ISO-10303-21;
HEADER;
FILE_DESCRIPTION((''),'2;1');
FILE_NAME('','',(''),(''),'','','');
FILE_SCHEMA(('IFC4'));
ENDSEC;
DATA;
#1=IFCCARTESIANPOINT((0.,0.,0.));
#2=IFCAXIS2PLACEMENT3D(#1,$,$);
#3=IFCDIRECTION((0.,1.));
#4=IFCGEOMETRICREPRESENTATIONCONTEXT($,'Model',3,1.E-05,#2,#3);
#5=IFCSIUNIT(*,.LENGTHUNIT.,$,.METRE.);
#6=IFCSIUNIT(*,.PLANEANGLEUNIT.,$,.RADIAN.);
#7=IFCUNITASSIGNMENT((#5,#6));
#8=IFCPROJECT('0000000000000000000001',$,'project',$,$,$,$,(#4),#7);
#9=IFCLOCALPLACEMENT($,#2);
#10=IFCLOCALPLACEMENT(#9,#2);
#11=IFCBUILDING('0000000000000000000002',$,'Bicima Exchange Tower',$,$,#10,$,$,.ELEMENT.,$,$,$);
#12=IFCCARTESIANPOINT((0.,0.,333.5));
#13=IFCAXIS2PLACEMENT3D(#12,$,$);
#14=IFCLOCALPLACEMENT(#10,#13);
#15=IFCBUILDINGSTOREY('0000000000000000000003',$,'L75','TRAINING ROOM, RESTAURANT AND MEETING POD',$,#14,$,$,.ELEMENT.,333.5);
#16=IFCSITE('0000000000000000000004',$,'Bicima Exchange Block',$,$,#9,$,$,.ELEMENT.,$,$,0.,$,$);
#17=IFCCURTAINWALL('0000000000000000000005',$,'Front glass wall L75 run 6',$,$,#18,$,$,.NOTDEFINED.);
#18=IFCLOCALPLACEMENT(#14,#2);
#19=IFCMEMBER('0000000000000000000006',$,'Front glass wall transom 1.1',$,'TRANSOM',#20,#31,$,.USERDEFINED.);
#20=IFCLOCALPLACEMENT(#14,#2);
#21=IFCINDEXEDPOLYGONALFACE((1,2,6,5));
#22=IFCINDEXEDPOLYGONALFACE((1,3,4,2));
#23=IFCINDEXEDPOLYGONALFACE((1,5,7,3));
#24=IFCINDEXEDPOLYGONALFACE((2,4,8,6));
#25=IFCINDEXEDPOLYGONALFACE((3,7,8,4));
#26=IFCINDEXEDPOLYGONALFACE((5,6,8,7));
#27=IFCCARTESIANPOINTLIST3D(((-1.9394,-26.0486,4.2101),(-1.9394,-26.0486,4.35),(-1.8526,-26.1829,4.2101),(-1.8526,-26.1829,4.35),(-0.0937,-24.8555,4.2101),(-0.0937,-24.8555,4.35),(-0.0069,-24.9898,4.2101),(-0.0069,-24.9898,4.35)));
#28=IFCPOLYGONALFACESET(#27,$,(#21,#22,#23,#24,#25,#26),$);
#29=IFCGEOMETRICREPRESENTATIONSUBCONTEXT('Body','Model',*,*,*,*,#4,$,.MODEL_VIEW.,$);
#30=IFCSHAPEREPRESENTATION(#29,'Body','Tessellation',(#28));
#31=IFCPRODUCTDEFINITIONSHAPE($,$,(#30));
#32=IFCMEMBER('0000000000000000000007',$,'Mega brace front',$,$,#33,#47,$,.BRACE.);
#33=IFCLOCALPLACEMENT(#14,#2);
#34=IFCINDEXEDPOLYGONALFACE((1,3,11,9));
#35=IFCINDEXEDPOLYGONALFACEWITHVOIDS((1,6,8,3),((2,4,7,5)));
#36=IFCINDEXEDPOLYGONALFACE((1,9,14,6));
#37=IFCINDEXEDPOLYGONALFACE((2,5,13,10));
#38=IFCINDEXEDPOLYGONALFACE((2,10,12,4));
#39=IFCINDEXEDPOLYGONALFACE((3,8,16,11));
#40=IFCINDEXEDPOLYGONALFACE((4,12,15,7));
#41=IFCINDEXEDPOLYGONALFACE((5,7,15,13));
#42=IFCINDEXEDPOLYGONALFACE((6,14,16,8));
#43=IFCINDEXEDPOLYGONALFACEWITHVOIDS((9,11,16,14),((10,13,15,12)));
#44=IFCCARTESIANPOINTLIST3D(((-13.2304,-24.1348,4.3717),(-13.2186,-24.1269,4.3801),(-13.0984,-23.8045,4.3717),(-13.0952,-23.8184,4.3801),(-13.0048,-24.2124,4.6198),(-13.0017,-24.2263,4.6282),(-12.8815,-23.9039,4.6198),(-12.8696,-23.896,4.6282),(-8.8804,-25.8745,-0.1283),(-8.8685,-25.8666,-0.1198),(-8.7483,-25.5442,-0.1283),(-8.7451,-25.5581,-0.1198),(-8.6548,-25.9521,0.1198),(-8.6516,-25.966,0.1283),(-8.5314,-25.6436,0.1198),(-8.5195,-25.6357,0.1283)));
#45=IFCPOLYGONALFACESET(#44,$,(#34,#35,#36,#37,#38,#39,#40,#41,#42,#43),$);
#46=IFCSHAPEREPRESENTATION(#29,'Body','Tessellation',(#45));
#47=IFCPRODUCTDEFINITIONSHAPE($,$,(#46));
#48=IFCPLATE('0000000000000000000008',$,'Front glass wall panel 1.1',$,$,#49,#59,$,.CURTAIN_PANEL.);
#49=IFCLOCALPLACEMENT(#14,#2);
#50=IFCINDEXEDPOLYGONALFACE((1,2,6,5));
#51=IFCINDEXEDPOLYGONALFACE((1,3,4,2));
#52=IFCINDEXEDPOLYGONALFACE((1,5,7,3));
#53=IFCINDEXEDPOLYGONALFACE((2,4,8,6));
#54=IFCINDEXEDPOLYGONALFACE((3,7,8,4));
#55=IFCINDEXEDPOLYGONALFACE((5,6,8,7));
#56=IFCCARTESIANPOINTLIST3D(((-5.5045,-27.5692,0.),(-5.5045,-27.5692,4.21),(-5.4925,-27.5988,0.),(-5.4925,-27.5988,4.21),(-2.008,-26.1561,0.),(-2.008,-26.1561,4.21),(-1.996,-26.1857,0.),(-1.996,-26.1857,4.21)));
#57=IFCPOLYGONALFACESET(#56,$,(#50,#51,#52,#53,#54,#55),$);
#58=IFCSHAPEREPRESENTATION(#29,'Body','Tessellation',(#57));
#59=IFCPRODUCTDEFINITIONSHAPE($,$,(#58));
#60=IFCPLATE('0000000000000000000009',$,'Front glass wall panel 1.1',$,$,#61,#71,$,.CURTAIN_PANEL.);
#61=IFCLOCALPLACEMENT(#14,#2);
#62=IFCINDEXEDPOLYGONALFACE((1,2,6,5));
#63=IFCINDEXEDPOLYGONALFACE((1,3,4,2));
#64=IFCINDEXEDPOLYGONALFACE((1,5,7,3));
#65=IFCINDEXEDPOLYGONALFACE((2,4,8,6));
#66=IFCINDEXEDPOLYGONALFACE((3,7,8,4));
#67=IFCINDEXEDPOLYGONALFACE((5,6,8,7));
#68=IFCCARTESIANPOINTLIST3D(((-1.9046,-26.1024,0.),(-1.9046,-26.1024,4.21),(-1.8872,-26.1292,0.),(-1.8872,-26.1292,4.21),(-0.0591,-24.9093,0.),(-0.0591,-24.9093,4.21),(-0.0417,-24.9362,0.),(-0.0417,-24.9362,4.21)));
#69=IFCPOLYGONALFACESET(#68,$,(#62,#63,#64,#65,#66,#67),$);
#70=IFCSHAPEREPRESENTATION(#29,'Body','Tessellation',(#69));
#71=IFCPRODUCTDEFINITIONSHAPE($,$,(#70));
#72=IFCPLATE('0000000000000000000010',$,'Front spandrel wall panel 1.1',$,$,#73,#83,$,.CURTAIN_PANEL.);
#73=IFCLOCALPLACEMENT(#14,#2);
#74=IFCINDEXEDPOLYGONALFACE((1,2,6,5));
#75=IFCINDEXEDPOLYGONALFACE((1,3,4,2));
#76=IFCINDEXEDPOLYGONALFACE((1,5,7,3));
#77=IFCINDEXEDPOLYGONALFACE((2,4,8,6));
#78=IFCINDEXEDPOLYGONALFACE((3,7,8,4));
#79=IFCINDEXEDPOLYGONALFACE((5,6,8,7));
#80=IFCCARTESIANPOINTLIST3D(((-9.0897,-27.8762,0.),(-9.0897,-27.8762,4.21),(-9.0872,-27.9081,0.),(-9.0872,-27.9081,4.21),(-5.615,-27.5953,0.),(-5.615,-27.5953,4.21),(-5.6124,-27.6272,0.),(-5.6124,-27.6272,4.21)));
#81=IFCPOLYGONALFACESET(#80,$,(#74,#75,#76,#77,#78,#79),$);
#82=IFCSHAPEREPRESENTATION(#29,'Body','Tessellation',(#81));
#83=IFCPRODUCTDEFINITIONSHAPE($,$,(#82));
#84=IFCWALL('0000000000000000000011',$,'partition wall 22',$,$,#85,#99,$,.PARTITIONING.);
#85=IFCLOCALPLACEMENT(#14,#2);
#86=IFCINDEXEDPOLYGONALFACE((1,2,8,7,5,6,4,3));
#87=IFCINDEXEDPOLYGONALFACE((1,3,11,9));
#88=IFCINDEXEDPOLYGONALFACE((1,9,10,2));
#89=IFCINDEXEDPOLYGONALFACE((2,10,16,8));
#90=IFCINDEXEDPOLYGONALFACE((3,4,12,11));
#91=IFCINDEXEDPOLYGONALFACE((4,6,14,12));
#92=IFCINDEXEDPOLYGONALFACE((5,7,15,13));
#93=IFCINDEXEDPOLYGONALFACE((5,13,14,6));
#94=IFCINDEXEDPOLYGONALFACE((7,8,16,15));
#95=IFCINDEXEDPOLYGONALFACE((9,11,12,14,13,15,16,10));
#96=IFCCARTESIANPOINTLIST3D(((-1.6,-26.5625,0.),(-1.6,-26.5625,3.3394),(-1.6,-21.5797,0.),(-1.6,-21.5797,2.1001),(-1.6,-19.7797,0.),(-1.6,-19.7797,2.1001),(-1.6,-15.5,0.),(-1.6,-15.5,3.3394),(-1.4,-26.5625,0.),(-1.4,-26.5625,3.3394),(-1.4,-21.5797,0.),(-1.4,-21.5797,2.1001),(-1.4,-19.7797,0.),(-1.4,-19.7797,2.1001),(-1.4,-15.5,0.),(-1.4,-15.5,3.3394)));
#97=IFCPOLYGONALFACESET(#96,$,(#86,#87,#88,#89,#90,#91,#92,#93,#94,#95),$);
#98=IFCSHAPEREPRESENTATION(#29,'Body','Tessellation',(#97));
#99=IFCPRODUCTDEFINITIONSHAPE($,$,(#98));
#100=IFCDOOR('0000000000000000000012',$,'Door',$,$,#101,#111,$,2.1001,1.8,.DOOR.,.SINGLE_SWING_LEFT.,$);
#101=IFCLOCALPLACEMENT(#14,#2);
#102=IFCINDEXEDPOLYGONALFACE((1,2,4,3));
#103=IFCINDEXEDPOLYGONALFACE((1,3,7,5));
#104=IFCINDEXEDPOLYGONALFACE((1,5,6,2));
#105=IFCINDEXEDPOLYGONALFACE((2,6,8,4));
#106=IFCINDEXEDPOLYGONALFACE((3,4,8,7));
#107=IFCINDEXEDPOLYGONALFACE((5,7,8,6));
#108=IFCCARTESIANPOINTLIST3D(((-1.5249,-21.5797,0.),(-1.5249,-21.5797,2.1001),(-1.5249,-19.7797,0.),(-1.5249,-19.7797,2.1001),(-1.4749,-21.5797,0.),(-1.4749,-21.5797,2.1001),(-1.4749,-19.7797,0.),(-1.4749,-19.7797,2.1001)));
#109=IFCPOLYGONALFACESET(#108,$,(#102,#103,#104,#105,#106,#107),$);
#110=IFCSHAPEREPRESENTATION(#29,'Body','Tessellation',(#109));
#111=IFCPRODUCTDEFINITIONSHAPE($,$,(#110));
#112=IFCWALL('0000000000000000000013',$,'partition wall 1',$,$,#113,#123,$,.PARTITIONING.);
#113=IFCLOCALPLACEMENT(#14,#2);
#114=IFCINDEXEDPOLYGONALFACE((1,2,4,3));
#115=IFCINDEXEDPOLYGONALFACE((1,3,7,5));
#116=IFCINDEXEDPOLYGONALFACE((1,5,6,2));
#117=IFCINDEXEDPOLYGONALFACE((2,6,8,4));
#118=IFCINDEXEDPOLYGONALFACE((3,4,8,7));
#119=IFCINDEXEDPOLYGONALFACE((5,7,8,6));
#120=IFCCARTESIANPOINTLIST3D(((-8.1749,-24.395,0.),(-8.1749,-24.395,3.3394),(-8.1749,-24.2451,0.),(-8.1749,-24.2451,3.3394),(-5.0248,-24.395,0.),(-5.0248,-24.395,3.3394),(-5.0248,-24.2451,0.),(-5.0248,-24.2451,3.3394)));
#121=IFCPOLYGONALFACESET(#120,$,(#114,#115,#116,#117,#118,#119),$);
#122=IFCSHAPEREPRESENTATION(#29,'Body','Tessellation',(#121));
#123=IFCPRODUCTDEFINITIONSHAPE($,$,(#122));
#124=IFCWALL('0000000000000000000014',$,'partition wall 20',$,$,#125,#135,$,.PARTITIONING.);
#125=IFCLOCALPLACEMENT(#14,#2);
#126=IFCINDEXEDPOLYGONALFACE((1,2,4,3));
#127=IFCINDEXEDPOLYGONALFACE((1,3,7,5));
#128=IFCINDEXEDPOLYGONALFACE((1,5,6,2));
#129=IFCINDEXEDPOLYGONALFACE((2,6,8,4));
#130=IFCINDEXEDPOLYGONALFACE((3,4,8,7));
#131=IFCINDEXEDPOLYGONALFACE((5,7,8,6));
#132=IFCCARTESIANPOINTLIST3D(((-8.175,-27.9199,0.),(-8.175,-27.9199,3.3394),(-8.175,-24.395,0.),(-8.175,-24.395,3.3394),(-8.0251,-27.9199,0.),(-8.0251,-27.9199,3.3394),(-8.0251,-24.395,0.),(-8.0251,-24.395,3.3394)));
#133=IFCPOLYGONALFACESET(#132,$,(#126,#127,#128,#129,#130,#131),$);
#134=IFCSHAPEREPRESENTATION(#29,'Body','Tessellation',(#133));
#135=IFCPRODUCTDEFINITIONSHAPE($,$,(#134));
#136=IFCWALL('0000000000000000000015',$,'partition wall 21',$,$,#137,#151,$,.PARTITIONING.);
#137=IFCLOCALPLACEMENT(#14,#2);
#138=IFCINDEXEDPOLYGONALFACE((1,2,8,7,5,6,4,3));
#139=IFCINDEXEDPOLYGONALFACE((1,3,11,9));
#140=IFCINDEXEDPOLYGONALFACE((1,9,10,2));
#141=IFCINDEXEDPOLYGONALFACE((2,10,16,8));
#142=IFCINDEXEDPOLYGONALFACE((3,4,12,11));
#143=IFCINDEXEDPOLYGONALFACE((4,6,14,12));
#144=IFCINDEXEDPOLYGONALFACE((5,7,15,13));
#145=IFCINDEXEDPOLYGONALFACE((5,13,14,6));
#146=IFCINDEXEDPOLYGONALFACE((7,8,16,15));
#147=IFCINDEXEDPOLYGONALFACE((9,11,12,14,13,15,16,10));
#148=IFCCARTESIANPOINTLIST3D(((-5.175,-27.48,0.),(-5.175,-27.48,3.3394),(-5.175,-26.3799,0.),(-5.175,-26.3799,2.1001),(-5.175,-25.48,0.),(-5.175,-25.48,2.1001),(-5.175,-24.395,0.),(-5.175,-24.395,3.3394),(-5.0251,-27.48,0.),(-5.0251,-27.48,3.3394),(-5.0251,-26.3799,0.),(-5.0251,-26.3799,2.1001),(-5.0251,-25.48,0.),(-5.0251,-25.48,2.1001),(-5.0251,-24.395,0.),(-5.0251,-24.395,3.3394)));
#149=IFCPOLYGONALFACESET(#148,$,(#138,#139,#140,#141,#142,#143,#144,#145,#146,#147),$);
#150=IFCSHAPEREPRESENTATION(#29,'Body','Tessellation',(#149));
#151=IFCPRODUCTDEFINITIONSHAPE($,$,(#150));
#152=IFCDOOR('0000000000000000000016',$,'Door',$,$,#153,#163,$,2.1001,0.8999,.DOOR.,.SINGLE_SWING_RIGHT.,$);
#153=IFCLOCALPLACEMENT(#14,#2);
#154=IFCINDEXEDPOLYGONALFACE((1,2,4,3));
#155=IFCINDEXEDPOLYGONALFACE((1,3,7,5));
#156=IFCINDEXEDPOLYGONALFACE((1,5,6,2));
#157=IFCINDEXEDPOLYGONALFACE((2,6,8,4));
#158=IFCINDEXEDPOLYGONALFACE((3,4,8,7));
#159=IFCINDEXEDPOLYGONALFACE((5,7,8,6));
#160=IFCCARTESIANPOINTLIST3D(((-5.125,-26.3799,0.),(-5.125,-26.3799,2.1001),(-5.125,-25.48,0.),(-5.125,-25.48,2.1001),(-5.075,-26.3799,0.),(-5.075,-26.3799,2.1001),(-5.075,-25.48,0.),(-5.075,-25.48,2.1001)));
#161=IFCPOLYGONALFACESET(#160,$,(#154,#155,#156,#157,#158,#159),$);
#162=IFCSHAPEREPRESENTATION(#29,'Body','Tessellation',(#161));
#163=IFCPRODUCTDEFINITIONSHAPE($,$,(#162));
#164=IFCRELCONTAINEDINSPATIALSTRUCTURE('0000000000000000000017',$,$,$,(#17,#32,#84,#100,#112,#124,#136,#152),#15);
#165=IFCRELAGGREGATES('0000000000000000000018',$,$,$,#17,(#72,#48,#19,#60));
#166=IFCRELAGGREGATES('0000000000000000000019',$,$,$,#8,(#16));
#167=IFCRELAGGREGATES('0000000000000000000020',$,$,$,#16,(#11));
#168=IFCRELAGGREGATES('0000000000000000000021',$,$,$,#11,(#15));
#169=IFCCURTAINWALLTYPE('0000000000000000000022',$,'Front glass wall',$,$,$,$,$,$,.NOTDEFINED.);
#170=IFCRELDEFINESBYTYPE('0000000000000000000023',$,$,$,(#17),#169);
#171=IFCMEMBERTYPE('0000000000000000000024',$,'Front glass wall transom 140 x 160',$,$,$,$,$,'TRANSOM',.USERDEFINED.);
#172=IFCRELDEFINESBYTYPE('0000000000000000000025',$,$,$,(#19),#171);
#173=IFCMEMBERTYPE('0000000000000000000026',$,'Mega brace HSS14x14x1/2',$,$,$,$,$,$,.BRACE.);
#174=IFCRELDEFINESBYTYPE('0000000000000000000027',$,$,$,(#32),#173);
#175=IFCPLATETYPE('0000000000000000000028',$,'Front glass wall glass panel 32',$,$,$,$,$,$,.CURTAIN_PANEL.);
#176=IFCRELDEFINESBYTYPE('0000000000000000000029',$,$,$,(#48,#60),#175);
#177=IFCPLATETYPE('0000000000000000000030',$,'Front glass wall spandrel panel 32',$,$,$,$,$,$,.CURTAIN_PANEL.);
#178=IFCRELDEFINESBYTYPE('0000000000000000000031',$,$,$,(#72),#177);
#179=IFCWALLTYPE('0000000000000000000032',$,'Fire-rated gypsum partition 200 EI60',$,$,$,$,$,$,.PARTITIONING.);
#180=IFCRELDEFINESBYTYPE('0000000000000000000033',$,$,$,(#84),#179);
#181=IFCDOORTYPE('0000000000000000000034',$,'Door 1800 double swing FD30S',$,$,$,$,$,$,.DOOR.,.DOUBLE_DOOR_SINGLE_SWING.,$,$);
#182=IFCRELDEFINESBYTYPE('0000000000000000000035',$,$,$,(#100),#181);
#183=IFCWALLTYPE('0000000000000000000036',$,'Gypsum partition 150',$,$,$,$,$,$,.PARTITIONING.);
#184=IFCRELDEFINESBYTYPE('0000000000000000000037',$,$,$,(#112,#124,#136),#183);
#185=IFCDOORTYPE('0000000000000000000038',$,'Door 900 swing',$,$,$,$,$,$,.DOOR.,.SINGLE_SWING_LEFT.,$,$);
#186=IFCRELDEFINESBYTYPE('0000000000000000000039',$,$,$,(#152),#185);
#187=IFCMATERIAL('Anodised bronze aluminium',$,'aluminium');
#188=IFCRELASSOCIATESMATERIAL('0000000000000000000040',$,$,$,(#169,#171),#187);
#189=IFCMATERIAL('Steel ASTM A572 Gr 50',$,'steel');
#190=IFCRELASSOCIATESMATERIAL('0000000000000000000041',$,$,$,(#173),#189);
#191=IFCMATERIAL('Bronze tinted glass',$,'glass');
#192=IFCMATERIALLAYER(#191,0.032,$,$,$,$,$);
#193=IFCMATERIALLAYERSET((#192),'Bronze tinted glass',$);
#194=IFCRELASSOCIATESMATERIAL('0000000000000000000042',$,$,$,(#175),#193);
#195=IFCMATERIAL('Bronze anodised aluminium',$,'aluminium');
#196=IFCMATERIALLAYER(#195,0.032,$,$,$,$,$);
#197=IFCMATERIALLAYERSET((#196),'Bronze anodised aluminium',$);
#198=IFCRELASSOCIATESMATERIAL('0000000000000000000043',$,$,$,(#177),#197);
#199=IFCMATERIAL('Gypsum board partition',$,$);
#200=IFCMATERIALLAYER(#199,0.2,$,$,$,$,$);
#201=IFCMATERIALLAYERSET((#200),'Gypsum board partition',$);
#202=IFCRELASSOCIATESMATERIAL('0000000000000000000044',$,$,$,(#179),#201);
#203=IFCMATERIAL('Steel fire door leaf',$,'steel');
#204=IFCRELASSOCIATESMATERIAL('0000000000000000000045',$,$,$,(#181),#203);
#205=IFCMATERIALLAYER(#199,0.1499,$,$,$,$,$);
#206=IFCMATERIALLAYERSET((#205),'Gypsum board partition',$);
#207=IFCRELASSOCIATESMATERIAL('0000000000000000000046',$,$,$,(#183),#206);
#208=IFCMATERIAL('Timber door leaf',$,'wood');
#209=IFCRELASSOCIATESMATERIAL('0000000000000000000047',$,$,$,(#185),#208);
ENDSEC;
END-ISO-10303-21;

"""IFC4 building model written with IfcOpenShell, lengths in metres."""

from ifc_helpers import new_model, si_unit, direction, frame, frame_2d, origin, origin_2d, place, context, subcontext, project, spatial, rectangle, hollow_rectangle, extrude, material, layer, layer_set, material_profile, profile_set, type_object, element, fill, aggregate, save


model = new_model("IFC4")

# Units and contexts
model_context = context("Model", 3, precision=1e-05, world=origin(), true_north=direction((0.0, 1.0)))
body_context = subcontext(model_context, "Body", "Model", "MODEL_VIEW")
ifc_project = project(units=[si_unit("LENGTHUNIT", "METRE"), si_unit("PLANEANGLEUNIT", "RADIAN")], contexts=[model_context])

# Site, building, storey
site_placement = place(None, origin())
site = spatial("IfcSite", under=ifc_project, at=site_placement, Name="Bicima Exchange Block", CompositionType="ELEMENT", RefElevation=0.0)
building_placement = place(site_placement, origin())
building = spatial("IfcBuilding", under=site, at=building_placement, Name="Bicima Exchange Tower", CompositionType="ELEMENT")
storey_placement = place(building_placement, frame((0.0, 0.0, 333.5)))
storey = spatial("IfcBuildingStorey", under=building, at=storey_placement, Name="L75", Description="TRAINING ROOM, RESTAURANT AND MEETING POD", CompositionType="ELEMENT", Elevation=333.5)

# Shared definitions
ifc_material_1 = material(Name="Steel ASTM A572 Gr 50", Category="steel")

# Curtain wall, member
ifc_material_2 = material(Name="Anodised bronze aluminium", Category="aluminium")
curtain_wall_type = type_object("IfcCurtainWallType", Name="Front glass wall", PredefinedType="NOTDEFINED", material=ifc_material_2)
curtain_wall_placement = place(storey_placement, origin())
curtain_wall = element("IfcCurtainWall", 1, at=curtain_wall_placement, inside=storey, type_object=curtain_wall_type, Name="Front glass wall L75 run 6", PredefinedType="NOTDEFINED")
ifc_material_profile_1 = material_profile(ifc_material_2, rectangle(XDim=0.1599, YDim=0.1399, at=origin_2d()))
ifc_profile_set_1 = profile_set([ifc_material_profile_1], Name="Anodised bronze aluminium")
member_type_1 = type_object("IfcMemberType", Name="Front glass wall transom 140 x 160", ElementType="TRANSOM", PredefinedType="USERDEFINED", material=ifc_profile_set_1)
member_1_placement = place(storey_placement, frame((-1.896, -26.1157, 4.28), z_axis=(0.839811, 0.542878, 0.0), x_axis=(-0.542878, 0.839811, 0.0)))
member_1 = element("IfcMember", 2, at=member_1_placement, type_object=member_type_1, Name="Front glass wall transom 1.1", ObjectType="TRANSOM", PredefinedType="USERDEFINED", context=body_context, shape_type="SweptSolid", body=[
    extrude(rectangle(XDim=0.1599, YDim=0.1399, at=origin_2d()), origin(), (0.0, 0.0, 1.0), 2.1978),
])

# Member
ifc_material_profile_2 = material_profile(ifc_material_1, hollow_rectangle(XDim=0.3557, YDim=0.3557, WallThickness=0.0117, at=origin_2d()))
ifc_profile_set_2 = profile_set([ifc_material_profile_2], Name="Steel ASTM A572 Gr 50")
member_type_2 = type_object("IfcMemberType", Name="Mega brace HSS14x14x1/2", PredefinedType="BRACE", material=ifc_profile_set_2)
member_2_placement = place(storey_placement, frame((-8.7, -25.7551, 0.0), z_axis=(-0.669642, 0.267812, 0.692717), x_axis=(-0.371337, -0.928498, 0.0)))
element("IfcMember", 3, at=member_2_placement, inside=storey, type_object=member_type_2, Name="Mega brace front", PredefinedType="BRACE", context=body_context, shape_type="SweptSolid", body=[
    extrude(hollow_rectangle(XDim=0.3557, YDim=0.3557, WallThickness=0.0117, at=origin_2d()), origin(), (0.0, 0.0, 1.0), 6.4961),
])

# Plates
ifc_material_3 = material(Name="Bronze tinted glass", Category="glass")
ifc_layer_1 = layer(ifc_material_3, 0.032)
ifc_layer_set_1 = layer_set([ifc_layer_1], Name="Bronze tinted glass")
plate_type_1 = type_object("IfcPlateType", Name="Front glass wall glass panel 32", PredefinedType="CURTAIN_PANEL", material=ifc_layer_set_1)
plate_1_placement = place(storey_placement, frame((-3.7502, -26.8774, 0.0), z_axis=(0.0, 0.0, 1.0), x_axis=(0.927144, 0.374705, 0.0)))
plate_1 = element("IfcPlate", 4, at=plate_1_placement, type_object=plate_type_1, Name="Front glass wall panel 1.1", PredefinedType="CURTAIN_PANEL", context=body_context, shape_type="SweptSolid", body=[
    extrude(rectangle(XDim=3.7712, YDim=0.032, at=origin_2d()), origin(), (0.0, 0.0, 1.0), 4.21),
])
plate_2_placement = place(storey_placement, frame((-0.9731, -25.5193, 0.0), z_axis=(0.0, 0.0, 1.0), x_axis=(0.839799, 0.542897, 0.0)))
plate_2 = element("IfcPlate", 5, at=plate_2_placement, type_object=plate_type_1, Name="Front glass wall panel 1.1", PredefinedType="CURTAIN_PANEL", context=body_context, shape_type="SweptSolid", body=[
    extrude(rectangle(XDim=2.1975, YDim=0.032, at=origin_2d()), origin(), (0.0, 0.0, 1.0), 4.21),
])
ifc_material_4 = material(Name="Bronze anodised aluminium", Category="aluminium")
ifc_layer_2 = layer(ifc_material_4, 0.032)
ifc_layer_set_2 = layer_set([ifc_layer_2], Name="Bronze anodised aluminium")
plate_type_2 = type_object("IfcPlateType", Name="Front glass wall spandrel panel 32", PredefinedType="CURTAIN_PANEL", material=ifc_layer_set_2)
plate_3_placement = place(storey_placement, frame((-7.3511, -27.7517, 0.0), z_axis=(0.0, 0.0, 1.0), x_axis=(0.996747, 0.080589, 0.0)))
plate_3 = element("IfcPlate", 6, at=plate_3_placement, type_object=plate_type_2, Name="Front spandrel wall panel 1.1", PredefinedType="CURTAIN_PANEL", context=body_context, shape_type="SweptSolid", body=[
    extrude(rectangle(XDim=3.4861, YDim=0.032, at=origin_2d()), origin(), (0.0, 0.0, 1.0), 4.21),
])
aggregate(curtain_wall, [plate_3, plate_1, member_1, plate_2])

# Wall, opening, door
ifc_material_5 = material(Name="Gypsum board partition")
ifc_layer_3 = layer(ifc_material_5, 0.2)
ifc_layer_set_3 = layer_set([ifc_layer_3], Name="Gypsum board partition")
wall_type_1 = type_object("IfcWallType", Name="Fire-rated gypsum partition 200 EI60", PredefinedType="PARTITIONING", material=ifc_layer_set_3)
wall_1_placement = place(storey_placement, frame((-1.5, -26.5625, 0.0), z_axis=(0.0, 0.0, 1.0), x_axis=(0.0, 1.0, 0.0)))
wall_1 = element("IfcWall", 7, at=wall_1_placement, inside=storey, type_object=wall_type_1, Name="partition wall 22", PredefinedType="PARTITIONING", context=body_context, shape_type="SweptSolid", body=[
    extrude(rectangle(XDim=11.0625, YDim=0.2, at=frame_2d((5.5312, 0.0))), origin(), (0.0, 0.0, 1.0), 3.3394),
])
opening_1_placement = place(wall_1_placement, frame((4.9829, 0.0, 0.0)))
opening_1 = element("IfcOpeningElement", 8, at=opening_1_placement, cuts=wall_1, PredefinedType="OPENING", context=body_context, shape_type="SweptSolid", body=[
    extrude(rectangle(XDim=1.8, YDim=2.1001, at=frame_2d((0.8999, 1.05))), frame((0.0, 0.1118, 0.0), z_axis=(0.0, -1.0, 0.0), x_axis=(1.0, 0.0, 0.0)), (0.0, 0.0, 1.0), 0.2239),
])
ifc_material_6 = material(Name="Steel fire door leaf", Category="steel")
door_type_1 = type_object("IfcDoorType", Name="Door 1800 double swing FD30S", OperationType="DOUBLE_DOOR_SINGLE_SWING", PredefinedType="DOOR", material=ifc_material_6)
door_1_placement = place(opening_1_placement, origin())
door_1 = element("IfcDoor", 9, at=door_1_placement, inside=storey, type_object=door_type_1, Name="Door", OperationType="SINGLE_SWING_LEFT", OverallHeight=2.1001, OverallWidth=1.8, PredefinedType="DOOR", context=body_context, shape_type="SweptSolid", body=[
    extrude(rectangle(XDim=1.8, YDim=2.1001, at=frame_2d((0.8999, 1.05))), frame((0.0, 0.0249, 0.0), z_axis=(0.0, -1.0, 0.0), x_axis=(1.0, 0.0, 0.0)), (0.0, 0.0, 1.0), 0.05),
])
fill(opening_1, door_1)

# Walls
ifc_layer_4 = layer(ifc_material_5, 0.1499)
ifc_layer_set_4 = layer_set([ifc_layer_4], Name="Gypsum board partition")
wall_type_2 = type_object("IfcWallType", Name="Gypsum partition 150", PredefinedType="PARTITIONING", material=ifc_layer_set_4)
wall_2_placement = place(storey_placement, frame((-8.175, -24.3201, 0.0), z_axis=(0.0, 0.0, 1.0), x_axis=(1.0, 0.0, 0.0)))
element("IfcWall", 10, at=wall_2_placement, inside=storey, type_object=wall_type_2, Name="partition wall 1", PredefinedType="PARTITIONING", context=body_context, shape_type="SweptSolid", body=[
    extrude(rectangle(XDim=3.1501, YDim=0.1499, at=frame_2d((1.5752, 0.0))), origin(), (0.0, 0.0, 1.0), 3.3394),
])
wall_3_placement = place(storey_placement, frame((-8.1001, -27.9199, 0.0), z_axis=(0.0, 0.0, 1.0), x_axis=(0.0, 1.0, 0.0)))
element("IfcWall", 11, at=wall_3_placement, inside=storey, type_object=wall_type_2, Name="partition wall 20", PredefinedType="PARTITIONING", context=body_context, shape_type="SweptSolid", body=[
    extrude(rectangle(XDim=3.5249, YDim=0.1499, at=frame_2d((1.7625, 0.0))), origin(), (0.0, 0.0, 1.0), 3.3394),
])

# Wall, opening, door
wall_4_placement = place(storey_placement, frame((-5.1001, -27.48, 0.0), z_axis=(0.0, 0.0, 1.0), x_axis=(0.0, 1.0, 0.0)))
wall_4 = element("IfcWall", 12, at=wall_4_placement, inside=storey, type_object=wall_type_2, Name="partition wall 21", PredefinedType="PARTITIONING", context=body_context, shape_type="SweptSolid", body=[
    extrude(rectangle(XDim=3.085, YDim=0.1499, at=frame_2d((1.5425, 0.0))), origin(), (0.0, 0.0, 1.0), 3.3394),
])
opening_2_placement = place(wall_4_placement, frame((1.1001, 0.0, 0.0)))
opening_2 = element("IfcOpeningElement", 13, at=opening_2_placement, cuts=wall_4, PredefinedType="OPENING", context=body_context, shape_type="SweptSolid", body=[
    extrude(rectangle(XDim=0.8999, YDim=2.1001, at=frame_2d((0.45, 1.05))), frame((0.0, 0.0869, 0.0), z_axis=(0.0, -1.0, 0.0), x_axis=(1.0, 0.0, 0.0)), (0.0, 0.0, 1.0), 0.1738),
])
ifc_material_7 = material(Name="Timber door leaf", Category="wood")
door_type_2 = type_object("IfcDoorType", Name="Door 900 swing", OperationType="SINGLE_SWING_LEFT", PredefinedType="DOOR", material=ifc_material_7)
door_2_placement = place(opening_2_placement, origin())
door_2 = element("IfcDoor", 14, at=door_2_placement, inside=storey, type_object=door_type_2, Name="Door", OperationType="SINGLE_SWING_RIGHT", OverallHeight=2.1001, OverallWidth=0.8999, PredefinedType="DOOR", context=body_context, shape_type="SweptSolid", body=[
    extrude(rectangle(XDim=0.8999, YDim=2.1001, at=frame_2d((0.45, 1.05))), frame((0.0, 0.0249, 0.0), z_axis=(0.0, -1.0, 0.0), x_axis=(1.0, 0.0, 0.0)), (0.0, 0.0, 1.0), 0.05),
])
fill(opening_2, door_2)

save(model, "model.ifc")
